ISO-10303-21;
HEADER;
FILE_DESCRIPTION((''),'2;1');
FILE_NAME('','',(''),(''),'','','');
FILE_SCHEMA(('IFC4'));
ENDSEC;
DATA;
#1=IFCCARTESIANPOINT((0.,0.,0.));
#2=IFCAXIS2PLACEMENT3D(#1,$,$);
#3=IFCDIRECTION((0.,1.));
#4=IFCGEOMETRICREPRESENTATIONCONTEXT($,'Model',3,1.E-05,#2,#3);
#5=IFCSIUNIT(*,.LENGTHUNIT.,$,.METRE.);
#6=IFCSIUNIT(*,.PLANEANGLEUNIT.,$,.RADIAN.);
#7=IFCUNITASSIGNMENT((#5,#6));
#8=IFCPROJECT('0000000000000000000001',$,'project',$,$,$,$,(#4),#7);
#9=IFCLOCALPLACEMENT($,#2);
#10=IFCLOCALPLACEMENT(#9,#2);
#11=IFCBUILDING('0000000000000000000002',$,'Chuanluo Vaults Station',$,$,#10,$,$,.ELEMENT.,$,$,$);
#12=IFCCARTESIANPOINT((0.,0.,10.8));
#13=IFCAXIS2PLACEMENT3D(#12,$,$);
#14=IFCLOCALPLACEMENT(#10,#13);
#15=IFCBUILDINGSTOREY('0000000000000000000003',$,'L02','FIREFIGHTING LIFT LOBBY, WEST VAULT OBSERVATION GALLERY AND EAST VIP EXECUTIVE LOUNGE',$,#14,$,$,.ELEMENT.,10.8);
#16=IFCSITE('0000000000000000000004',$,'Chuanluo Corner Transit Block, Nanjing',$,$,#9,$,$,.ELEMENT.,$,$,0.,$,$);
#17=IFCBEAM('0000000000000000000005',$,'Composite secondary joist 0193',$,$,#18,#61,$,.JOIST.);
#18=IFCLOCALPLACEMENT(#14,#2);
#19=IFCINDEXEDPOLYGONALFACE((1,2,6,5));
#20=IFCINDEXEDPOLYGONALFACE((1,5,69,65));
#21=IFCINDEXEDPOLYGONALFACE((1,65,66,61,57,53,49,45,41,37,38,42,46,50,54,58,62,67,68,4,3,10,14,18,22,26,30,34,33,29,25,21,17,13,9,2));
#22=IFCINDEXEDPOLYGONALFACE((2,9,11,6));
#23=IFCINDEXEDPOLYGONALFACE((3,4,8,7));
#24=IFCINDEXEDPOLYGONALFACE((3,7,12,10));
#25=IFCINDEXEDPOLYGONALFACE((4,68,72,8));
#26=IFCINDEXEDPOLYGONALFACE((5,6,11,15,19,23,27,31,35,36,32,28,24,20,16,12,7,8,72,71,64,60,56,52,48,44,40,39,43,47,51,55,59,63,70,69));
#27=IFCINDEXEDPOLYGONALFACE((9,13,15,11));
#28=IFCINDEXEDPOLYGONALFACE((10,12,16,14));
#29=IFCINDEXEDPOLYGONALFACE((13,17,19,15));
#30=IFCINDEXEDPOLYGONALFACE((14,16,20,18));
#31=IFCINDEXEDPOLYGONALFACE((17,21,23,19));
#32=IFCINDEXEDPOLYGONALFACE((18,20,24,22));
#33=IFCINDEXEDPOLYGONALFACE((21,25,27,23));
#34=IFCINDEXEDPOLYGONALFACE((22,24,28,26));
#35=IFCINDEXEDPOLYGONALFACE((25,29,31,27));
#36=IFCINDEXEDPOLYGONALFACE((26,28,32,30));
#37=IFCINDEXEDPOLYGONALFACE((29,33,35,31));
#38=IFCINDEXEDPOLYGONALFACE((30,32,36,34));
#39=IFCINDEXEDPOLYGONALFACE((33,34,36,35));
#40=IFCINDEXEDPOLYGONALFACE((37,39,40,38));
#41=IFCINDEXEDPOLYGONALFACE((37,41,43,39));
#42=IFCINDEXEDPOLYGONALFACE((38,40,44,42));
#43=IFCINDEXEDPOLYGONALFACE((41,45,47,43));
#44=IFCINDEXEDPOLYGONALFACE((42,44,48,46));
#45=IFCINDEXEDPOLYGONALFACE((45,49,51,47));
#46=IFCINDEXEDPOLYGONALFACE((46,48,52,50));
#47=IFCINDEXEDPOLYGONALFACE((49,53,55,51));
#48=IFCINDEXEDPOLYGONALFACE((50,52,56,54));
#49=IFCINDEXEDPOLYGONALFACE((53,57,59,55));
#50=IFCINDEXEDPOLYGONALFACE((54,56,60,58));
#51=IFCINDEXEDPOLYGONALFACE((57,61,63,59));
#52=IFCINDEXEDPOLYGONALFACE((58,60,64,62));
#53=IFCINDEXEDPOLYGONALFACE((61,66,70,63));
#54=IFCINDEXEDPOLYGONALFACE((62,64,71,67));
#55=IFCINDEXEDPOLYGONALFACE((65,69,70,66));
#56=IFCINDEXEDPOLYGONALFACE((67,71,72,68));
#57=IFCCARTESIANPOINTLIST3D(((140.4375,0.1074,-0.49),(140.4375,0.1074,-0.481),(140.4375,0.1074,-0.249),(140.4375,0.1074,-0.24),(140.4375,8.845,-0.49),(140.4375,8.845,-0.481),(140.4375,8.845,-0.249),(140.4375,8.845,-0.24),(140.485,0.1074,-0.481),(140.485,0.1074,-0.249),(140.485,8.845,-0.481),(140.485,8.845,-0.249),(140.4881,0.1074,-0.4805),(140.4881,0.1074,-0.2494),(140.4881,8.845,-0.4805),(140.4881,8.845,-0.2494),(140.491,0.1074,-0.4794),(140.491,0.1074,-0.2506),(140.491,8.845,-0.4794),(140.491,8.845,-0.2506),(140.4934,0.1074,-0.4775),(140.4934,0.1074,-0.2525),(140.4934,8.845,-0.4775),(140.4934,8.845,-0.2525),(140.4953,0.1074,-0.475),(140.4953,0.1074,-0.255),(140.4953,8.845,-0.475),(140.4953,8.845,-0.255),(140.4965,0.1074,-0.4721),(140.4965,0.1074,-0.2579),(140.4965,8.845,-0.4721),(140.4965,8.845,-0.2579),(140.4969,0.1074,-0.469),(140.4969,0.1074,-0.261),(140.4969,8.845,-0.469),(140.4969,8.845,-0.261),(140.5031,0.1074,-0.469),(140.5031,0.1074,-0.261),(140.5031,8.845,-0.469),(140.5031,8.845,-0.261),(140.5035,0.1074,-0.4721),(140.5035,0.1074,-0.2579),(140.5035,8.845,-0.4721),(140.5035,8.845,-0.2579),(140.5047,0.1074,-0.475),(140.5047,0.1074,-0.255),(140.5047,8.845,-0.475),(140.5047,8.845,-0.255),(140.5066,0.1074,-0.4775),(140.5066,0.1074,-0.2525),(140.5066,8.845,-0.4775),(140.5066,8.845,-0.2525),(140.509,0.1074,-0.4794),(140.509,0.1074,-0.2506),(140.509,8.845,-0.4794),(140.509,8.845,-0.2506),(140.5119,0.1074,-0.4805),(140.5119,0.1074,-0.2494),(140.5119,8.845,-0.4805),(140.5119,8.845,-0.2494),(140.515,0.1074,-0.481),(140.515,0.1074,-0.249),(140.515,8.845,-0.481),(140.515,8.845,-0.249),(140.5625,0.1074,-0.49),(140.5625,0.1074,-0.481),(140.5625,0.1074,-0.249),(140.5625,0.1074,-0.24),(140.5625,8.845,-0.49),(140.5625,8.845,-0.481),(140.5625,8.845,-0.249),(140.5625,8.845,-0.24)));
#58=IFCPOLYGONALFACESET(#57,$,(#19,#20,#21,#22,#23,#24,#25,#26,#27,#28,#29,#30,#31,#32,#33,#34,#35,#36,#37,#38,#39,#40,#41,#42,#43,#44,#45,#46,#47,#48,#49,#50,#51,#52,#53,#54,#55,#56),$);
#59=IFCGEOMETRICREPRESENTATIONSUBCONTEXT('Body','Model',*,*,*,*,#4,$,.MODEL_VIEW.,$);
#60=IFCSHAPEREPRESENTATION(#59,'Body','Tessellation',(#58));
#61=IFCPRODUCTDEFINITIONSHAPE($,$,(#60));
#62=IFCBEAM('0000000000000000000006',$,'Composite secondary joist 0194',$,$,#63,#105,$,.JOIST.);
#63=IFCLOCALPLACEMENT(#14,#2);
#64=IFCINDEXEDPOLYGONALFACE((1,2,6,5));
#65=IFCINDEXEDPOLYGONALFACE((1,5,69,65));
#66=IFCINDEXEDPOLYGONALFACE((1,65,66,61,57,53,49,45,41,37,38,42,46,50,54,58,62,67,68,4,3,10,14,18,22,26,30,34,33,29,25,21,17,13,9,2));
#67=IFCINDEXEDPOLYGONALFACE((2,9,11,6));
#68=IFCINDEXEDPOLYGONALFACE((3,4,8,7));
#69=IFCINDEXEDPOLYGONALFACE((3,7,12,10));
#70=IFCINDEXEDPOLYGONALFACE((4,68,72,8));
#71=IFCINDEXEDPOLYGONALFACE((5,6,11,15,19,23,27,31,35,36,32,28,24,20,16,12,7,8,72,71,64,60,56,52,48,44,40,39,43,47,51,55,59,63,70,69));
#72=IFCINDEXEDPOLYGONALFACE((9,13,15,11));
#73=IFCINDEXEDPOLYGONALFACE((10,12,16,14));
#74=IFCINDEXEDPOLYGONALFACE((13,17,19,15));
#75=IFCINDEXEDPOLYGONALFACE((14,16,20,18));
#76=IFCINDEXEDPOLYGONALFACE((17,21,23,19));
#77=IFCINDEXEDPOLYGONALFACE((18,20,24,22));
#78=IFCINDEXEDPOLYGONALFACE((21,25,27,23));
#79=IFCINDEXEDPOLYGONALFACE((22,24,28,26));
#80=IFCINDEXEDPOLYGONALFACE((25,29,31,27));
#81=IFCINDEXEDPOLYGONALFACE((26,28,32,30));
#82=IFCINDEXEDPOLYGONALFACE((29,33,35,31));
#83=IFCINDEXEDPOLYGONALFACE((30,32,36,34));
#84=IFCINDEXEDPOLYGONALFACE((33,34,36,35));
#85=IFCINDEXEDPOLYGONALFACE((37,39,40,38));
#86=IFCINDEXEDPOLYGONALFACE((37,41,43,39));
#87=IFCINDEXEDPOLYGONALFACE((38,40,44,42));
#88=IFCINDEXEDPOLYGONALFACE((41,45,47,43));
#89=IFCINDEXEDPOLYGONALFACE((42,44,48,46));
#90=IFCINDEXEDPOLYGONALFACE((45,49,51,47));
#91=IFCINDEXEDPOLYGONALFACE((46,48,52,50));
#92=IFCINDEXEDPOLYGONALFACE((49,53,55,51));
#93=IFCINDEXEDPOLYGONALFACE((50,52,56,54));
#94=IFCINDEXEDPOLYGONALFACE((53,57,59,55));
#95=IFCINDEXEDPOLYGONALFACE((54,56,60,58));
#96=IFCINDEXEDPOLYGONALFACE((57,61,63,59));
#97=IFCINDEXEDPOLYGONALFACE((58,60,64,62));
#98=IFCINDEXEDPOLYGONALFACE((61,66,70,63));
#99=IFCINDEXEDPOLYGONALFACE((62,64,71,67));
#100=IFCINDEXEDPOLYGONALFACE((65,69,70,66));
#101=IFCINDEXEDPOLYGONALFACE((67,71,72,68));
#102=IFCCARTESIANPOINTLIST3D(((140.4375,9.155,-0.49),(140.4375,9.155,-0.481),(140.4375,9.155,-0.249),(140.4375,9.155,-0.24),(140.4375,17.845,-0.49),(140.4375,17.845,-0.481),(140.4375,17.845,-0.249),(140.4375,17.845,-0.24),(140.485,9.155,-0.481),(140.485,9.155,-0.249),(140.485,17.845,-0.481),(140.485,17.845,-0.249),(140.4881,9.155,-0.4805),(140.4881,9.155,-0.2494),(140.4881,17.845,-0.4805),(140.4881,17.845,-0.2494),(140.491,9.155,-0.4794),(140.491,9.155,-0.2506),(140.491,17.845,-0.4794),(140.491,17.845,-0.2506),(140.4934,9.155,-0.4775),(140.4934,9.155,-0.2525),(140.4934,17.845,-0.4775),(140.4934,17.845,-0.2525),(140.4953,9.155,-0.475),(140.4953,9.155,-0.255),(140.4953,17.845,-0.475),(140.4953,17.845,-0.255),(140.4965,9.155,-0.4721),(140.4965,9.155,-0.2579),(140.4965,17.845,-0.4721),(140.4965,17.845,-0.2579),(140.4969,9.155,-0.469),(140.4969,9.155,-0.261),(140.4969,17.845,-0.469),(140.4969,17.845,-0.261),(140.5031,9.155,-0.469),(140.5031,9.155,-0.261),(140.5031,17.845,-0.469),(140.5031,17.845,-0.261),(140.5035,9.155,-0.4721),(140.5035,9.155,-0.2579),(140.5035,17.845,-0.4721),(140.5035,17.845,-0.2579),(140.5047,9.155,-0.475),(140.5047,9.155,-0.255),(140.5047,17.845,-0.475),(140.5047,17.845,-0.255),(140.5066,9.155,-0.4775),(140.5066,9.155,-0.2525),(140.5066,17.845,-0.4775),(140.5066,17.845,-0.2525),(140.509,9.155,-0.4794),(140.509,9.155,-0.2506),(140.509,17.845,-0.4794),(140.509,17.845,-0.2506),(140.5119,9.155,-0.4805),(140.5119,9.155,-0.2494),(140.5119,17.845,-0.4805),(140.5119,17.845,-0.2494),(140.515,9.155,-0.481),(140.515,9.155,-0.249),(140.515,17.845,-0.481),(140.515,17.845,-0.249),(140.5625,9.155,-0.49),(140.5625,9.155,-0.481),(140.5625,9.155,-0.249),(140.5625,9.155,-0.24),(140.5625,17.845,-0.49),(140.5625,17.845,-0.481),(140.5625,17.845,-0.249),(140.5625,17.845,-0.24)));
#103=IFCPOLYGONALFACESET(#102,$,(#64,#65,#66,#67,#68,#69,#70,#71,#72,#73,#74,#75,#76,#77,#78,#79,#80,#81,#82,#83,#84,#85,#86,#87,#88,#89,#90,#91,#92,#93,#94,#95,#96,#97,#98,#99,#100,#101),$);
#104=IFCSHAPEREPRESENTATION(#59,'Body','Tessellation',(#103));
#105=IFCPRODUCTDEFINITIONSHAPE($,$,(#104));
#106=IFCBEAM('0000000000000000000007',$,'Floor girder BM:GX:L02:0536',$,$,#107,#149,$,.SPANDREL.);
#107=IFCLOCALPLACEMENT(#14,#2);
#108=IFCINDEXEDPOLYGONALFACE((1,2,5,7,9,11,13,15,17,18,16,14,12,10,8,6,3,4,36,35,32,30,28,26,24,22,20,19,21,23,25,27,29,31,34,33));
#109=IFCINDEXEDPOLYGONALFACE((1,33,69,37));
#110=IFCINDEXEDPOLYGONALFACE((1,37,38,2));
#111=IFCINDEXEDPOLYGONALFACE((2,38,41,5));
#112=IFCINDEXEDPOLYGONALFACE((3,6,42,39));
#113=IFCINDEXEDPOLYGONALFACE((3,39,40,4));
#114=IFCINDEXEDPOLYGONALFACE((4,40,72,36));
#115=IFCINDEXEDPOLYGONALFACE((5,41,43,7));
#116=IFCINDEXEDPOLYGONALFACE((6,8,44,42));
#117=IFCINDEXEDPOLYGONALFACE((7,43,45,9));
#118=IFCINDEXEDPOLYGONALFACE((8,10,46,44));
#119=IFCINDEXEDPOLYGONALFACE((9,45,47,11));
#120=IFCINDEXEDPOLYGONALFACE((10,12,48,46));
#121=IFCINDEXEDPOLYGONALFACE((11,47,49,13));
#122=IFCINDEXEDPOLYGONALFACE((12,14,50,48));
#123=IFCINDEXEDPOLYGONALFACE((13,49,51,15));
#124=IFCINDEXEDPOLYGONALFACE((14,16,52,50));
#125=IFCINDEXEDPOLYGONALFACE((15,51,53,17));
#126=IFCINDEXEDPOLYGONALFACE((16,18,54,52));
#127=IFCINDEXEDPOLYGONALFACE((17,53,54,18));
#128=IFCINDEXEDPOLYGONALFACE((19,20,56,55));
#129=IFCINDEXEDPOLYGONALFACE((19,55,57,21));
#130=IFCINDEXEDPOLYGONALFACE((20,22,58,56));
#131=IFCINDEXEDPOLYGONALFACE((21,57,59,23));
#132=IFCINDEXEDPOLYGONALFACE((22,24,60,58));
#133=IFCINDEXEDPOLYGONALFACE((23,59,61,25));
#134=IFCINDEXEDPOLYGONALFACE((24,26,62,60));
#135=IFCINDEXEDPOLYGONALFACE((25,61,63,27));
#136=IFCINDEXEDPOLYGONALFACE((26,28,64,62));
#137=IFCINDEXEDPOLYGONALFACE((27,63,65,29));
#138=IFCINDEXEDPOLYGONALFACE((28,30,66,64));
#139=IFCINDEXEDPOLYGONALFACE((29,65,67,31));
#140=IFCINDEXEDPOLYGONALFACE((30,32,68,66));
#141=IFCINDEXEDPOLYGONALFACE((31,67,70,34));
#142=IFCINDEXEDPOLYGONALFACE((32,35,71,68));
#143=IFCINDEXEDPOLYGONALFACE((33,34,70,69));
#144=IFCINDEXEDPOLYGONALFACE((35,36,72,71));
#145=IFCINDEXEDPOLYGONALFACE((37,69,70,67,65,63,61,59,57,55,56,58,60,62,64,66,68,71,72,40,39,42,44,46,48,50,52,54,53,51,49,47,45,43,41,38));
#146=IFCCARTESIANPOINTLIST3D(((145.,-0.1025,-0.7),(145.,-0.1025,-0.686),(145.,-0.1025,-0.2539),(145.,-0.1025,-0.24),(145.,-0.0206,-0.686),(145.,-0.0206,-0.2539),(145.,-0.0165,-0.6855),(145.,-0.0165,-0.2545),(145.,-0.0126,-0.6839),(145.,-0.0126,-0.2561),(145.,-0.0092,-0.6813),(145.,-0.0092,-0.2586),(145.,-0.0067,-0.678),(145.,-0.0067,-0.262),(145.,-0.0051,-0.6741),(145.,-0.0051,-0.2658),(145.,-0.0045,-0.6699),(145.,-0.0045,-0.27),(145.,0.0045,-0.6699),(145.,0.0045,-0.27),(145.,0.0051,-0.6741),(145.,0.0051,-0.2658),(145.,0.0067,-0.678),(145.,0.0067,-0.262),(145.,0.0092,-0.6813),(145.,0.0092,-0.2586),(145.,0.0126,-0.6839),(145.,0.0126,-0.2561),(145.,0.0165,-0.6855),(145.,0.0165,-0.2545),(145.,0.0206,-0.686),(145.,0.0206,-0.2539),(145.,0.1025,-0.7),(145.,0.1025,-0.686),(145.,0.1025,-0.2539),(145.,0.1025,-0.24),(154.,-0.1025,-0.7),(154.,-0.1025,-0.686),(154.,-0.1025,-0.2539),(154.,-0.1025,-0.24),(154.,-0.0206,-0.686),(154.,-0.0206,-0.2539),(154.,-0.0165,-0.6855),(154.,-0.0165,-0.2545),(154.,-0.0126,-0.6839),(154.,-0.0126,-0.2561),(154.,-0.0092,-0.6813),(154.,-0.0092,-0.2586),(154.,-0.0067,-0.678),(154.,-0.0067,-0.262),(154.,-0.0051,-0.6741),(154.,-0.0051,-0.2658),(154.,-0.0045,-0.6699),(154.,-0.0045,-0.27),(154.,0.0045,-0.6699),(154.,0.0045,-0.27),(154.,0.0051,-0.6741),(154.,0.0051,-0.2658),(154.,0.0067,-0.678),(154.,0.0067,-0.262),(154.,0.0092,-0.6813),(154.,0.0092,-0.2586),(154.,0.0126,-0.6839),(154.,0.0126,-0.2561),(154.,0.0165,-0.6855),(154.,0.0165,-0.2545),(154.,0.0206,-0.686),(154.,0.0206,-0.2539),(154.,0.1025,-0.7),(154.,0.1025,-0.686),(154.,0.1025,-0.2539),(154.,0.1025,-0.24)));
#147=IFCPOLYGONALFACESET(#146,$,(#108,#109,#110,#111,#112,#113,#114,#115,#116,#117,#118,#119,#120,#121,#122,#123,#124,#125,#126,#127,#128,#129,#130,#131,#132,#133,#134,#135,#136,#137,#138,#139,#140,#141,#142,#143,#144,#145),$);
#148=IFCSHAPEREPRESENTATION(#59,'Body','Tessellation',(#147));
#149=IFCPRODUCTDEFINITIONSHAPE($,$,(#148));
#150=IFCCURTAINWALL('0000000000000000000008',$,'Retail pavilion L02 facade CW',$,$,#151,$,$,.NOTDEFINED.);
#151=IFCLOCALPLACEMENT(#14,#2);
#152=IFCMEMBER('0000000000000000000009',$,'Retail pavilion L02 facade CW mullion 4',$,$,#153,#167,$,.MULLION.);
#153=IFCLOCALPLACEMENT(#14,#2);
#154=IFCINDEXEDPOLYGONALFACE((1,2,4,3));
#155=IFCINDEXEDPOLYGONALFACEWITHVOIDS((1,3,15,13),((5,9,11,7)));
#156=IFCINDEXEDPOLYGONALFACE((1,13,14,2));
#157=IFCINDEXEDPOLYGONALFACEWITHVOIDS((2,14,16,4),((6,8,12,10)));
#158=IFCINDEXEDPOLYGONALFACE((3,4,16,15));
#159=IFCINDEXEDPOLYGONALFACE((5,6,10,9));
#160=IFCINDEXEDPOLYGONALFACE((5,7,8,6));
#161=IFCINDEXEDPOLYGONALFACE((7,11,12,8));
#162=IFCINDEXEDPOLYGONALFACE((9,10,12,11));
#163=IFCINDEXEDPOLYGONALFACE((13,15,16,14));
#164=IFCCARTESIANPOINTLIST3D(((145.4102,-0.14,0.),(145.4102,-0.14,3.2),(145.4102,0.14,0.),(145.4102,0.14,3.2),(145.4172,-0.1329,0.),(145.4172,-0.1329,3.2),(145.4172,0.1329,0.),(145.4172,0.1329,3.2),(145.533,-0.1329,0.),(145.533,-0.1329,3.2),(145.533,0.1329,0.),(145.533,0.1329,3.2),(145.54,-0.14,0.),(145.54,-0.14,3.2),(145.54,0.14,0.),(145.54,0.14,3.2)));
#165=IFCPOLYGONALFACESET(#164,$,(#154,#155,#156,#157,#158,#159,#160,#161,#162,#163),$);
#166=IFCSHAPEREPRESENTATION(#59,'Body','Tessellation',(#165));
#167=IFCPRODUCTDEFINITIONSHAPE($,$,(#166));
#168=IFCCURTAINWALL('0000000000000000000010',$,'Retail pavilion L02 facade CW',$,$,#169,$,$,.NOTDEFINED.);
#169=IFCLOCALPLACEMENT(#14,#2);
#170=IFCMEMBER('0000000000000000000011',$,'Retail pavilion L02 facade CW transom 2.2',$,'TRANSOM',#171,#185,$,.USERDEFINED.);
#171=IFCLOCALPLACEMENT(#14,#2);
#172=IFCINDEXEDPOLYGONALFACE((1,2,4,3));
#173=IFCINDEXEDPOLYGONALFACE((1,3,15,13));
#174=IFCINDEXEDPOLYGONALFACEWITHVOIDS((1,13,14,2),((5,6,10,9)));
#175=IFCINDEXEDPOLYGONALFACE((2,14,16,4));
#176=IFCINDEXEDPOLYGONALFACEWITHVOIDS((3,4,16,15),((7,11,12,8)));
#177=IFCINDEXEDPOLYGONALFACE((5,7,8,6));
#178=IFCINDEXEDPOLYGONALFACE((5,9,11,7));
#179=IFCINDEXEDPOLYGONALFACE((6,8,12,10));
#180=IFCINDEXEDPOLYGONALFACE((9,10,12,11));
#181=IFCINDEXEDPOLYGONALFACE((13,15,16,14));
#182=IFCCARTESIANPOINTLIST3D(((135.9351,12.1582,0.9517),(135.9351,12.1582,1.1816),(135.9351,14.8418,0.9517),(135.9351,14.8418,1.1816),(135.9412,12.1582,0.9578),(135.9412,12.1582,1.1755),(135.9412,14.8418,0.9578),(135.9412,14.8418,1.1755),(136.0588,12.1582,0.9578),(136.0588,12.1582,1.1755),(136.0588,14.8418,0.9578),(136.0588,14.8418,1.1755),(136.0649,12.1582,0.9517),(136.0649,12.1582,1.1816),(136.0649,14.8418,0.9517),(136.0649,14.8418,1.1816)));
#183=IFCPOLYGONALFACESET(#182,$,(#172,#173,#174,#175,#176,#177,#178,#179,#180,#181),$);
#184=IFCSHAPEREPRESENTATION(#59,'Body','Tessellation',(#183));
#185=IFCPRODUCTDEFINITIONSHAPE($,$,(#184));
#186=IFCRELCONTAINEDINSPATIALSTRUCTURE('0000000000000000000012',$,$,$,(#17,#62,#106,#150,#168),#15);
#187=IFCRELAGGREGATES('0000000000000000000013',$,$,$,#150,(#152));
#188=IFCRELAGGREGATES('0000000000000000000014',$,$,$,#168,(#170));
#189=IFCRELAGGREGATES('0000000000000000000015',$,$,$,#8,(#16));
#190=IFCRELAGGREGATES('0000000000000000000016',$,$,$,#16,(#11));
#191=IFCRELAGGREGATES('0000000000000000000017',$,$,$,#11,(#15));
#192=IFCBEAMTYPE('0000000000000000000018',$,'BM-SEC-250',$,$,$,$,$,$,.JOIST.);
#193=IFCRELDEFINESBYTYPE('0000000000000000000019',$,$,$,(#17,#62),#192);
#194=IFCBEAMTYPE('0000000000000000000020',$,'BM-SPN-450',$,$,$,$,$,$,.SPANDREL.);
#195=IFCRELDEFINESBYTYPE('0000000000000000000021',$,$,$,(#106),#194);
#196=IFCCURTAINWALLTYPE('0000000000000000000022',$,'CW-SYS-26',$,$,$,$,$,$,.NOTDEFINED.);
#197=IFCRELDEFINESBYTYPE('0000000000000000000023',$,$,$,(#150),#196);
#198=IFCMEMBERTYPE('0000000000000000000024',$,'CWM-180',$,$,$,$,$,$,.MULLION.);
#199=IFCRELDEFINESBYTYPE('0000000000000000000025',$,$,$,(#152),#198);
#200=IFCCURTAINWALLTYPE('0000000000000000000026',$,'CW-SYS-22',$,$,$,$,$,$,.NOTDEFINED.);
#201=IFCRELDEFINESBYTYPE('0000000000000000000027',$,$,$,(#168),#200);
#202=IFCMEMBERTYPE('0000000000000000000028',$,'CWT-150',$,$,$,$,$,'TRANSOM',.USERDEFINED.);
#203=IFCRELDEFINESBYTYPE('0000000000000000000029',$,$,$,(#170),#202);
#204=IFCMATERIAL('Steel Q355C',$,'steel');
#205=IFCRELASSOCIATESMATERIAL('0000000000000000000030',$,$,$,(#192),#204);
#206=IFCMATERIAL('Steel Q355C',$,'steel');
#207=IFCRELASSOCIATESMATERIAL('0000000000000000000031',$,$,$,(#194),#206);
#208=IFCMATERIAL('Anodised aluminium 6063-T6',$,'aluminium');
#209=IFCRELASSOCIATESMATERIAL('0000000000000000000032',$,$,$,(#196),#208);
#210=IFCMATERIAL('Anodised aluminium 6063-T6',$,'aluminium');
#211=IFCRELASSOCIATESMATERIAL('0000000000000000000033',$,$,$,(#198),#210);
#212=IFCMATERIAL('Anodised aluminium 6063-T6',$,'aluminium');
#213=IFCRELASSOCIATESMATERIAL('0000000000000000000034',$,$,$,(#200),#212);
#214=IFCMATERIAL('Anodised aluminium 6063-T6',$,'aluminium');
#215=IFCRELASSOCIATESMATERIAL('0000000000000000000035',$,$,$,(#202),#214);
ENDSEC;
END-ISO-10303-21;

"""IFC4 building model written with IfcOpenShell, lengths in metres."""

from ifc_helpers import new_model, si_unit, direction, frame, origin, origin_2d, place, context, subcontext, project, spatial, hollow_rectangle, i_section, extrude, material, material_profile, profile_set, type_object, element, aggregate, save


model = new_model("IFC4")

# Units and contexts
model_context = context("Model", 3, precision=1e-05, world=origin(), true_north=direction((0.0, 1.0)))
body_context = subcontext(model_context, "Body", "Model", "MODEL_VIEW")
ifc_project = project(units=[si_unit("LENGTHUNIT", "METRE"), si_unit("PLANEANGLEUNIT", "RADIAN")], contexts=[model_context])

# Site, building, storey
site_placement = place(None, origin())
site = spatial("IfcSite", under=ifc_project, at=site_placement, Name="Chuanluo Corner Transit Block, Nanjing", CompositionType="ELEMENT", RefElevation=0.0)
building_placement = place(site_placement, origin())
building = spatial("IfcBuilding", under=site, at=building_placement, Name="Chuanluo Vaults Station", CompositionType="ELEMENT")
storey_placement = place(building_placement, frame((0.0, 0.0, 10.8)))
storey = spatial("IfcBuildingStorey", under=building, at=storey_placement, Name="L02", Description="FIREFIGHTING LIFT LOBBY, WEST VAULT OBSERVATION GALLERY AND EAST VIP EXECUTIVE LOUNGE", CompositionType="ELEMENT", Elevation=10.8)

# Beams
ifc_material_1 = material(Name="Steel Q355C", Category="steel")
ifc_material_profile_1 = material_profile(ifc_material_1, i_section(OverallWidth=0.125, OverallDepth=0.25, WebThickness=0.0061, FlangeThickness=0.009, FilletRadius=0.012, at=origin_2d()))
ifc_profile_set_1 = profile_set([ifc_material_profile_1], Name="Steel Q355C")
beam_type_1 = type_object("IfcBeamType", Name="BM-SEC-250", PredefinedType="JOIST", material=ifc_profile_set_1)
beam_1_placement = place(storey_placement, frame((140.5, 0.1074, -0.365), z_axis=(0.0, 1.0, 0.0), x_axis=(-1.0, 0.0, 0.0)))
element("IfcBeam", 1, at=beam_1_placement, inside=storey, type_object=beam_type_1, Name="Composite secondary joist 0193", PredefinedType="JOIST", context=body_context, shape_type="SweptSolid", body=[
    extrude(i_section(OverallWidth=0.125, OverallDepth=0.25, WebThickness=0.0061, FlangeThickness=0.009, FilletRadius=0.012, at=origin_2d()), origin(), (0.0, 0.0, 1.0), 8.7375),
])
beam_2_placement = place(storey_placement, frame((140.5, 9.155, -0.365), z_axis=(0.0, 1.0, 0.0), x_axis=(-1.0, 0.0, 0.0)))
element("IfcBeam", 2, at=beam_2_placement, inside=storey, type_object=beam_type_1, Name="Composite secondary joist 0194", PredefinedType="JOIST", context=body_context, shape_type="SweptSolid", body=[
    extrude(i_section(OverallWidth=0.125, OverallDepth=0.25, WebThickness=0.0061, FlangeThickness=0.009, FilletRadius=0.012, at=origin_2d()), origin(), (0.0, 0.0, 1.0), 8.6899),
])
ifc_material_2 = material(Name="Steel Q355C", Category="steel")
ifc_material_profile_2 = material_profile(ifc_material_2, i_section(OverallWidth=0.2051, OverallDepth=0.46, WebThickness=0.009, FlangeThickness=0.0139, FilletRadius=0.0161, at=origin_2d()))
ifc_profile_set_2 = profile_set([ifc_material_profile_2], Name="Steel Q355C")
beam_type_2 = type_object("IfcBeamType", Name="BM-SPN-450", PredefinedType="SPANDREL", material=ifc_profile_set_2)
beam_3_placement = place(storey_placement, frame((145.0, 0.0, -0.47), z_axis=(1.0, 0.0, 0.0), x_axis=(0.0, 1.0, 0.0)))
element("IfcBeam", 3, at=beam_3_placement, inside=storey, type_object=beam_type_2, Name="Floor girder BM:GX:L02:0536", PredefinedType="SPANDREL", context=body_context, shape_type="SweptSolid", body=[
    extrude(i_section(OverallWidth=0.2051, OverallDepth=0.46, WebThickness=0.009, FlangeThickness=0.0139, FilletRadius=0.0161, at=origin_2d()), origin(), (0.0, 0.0, 1.0), 9.0),
])

# Curtain wall, member
ifc_material_3 = material(Name="Anodised aluminium 6063-T6", Category="aluminium")
curtain_wall_type_1 = type_object("IfcCurtainWallType", Name="CW-SYS-26", PredefinedType="NOTDEFINED", material=ifc_material_3)
curtain_wall_1_placement = place(storey_placement, origin())
curtain_wall_1 = element("IfcCurtainWall", 4, at=curtain_wall_1_placement, inside=storey, type_object=curtain_wall_type_1, Name="Retail pavilion L02 facade CW", PredefinedType="NOTDEFINED")
ifc_material_4 = material(Name="Anodised aluminium 6063-T6", Category="aluminium")
ifc_material_profile_3 = material_profile(ifc_material_4, hollow_rectangle(XDim=0.1299, YDim=0.28, WallThickness=0.0071, at=origin_2d()))
ifc_profile_set_3 = profile_set([ifc_material_profile_3], Name="Anodised aluminium 6063-T6")
member_type_1 = type_object("IfcMemberType", Name="CWM-180", PredefinedType="MULLION", material=ifc_profile_set_3)
member_1_placement = place(storey_placement, frame((145.4751, 0.0, 0.0), z_axis=(0.0, 0.0, 1.0), x_axis=(-1.0, 0.0, 0.0)))
member_1 = element("IfcMember", 5, at=member_1_placement, type_object=member_type_1, Name="Retail pavilion L02 facade CW mullion 4", PredefinedType="MULLION", context=body_context, shape_type="SweptSolid", body=[
    extrude(hollow_rectangle(XDim=0.1299, YDim=0.28, WallThickness=0.0071, at=origin_2d()), origin(), (0.0, 0.0, 1.0), 3.2),
])
aggregate(curtain_wall_1, [member_1])

# Curtain wall, member
ifc_material_5 = material(Name="Anodised aluminium 6063-T6", Category="aluminium")
curtain_wall_type_2 = type_object("IfcCurtainWallType", Name="CW-SYS-22", PredefinedType="NOTDEFINED", material=ifc_material_5)
curtain_wall_2_placement = place(storey_placement, origin())
curtain_wall_2 = element("IfcCurtainWall", 6, at=curtain_wall_2_placement, inside=storey, type_object=curtain_wall_type_2, Name="Retail pavilion L02 facade CW", PredefinedType="NOTDEFINED")
ifc_material_6 = material(Name="Anodised aluminium 6063-T6", Category="aluminium")
ifc_material_profile_4 = material_profile(ifc_material_6, hollow_rectangle(XDim=0.1299, YDim=0.23, WallThickness=0.0061, at=origin_2d()))
ifc_profile_set_4 = profile_set([ifc_material_profile_4], Name="Anodised aluminium 6063-T6")
member_type_2 = type_object("IfcMemberType", Name="CWT-150", ElementType="TRANSOM", PredefinedType="USERDEFINED", material=ifc_profile_set_4)
member_2_placement = place(storey_placement, frame((136.0, 12.1582, 1.0667), z_axis=(0.0, 1.0, 0.0), x_axis=(-1.0, 0.0, 0.0)))
member_2 = element("IfcMember", 7, at=member_2_placement, type_object=member_type_2, Name="Retail pavilion L02 facade CW transom 2.2", ObjectType="TRANSOM", PredefinedType="USERDEFINED", context=body_context, shape_type="SweptSolid", body=[
    extrude(hollow_rectangle(XDim=0.1299, YDim=0.23, WallThickness=0.0061, at=origin_2d()), origin(), (0.0, 0.0, 1.0), 2.6836),
])

aggregate(curtain_wall_2, [member_2])

save(model, "model.ifc")
